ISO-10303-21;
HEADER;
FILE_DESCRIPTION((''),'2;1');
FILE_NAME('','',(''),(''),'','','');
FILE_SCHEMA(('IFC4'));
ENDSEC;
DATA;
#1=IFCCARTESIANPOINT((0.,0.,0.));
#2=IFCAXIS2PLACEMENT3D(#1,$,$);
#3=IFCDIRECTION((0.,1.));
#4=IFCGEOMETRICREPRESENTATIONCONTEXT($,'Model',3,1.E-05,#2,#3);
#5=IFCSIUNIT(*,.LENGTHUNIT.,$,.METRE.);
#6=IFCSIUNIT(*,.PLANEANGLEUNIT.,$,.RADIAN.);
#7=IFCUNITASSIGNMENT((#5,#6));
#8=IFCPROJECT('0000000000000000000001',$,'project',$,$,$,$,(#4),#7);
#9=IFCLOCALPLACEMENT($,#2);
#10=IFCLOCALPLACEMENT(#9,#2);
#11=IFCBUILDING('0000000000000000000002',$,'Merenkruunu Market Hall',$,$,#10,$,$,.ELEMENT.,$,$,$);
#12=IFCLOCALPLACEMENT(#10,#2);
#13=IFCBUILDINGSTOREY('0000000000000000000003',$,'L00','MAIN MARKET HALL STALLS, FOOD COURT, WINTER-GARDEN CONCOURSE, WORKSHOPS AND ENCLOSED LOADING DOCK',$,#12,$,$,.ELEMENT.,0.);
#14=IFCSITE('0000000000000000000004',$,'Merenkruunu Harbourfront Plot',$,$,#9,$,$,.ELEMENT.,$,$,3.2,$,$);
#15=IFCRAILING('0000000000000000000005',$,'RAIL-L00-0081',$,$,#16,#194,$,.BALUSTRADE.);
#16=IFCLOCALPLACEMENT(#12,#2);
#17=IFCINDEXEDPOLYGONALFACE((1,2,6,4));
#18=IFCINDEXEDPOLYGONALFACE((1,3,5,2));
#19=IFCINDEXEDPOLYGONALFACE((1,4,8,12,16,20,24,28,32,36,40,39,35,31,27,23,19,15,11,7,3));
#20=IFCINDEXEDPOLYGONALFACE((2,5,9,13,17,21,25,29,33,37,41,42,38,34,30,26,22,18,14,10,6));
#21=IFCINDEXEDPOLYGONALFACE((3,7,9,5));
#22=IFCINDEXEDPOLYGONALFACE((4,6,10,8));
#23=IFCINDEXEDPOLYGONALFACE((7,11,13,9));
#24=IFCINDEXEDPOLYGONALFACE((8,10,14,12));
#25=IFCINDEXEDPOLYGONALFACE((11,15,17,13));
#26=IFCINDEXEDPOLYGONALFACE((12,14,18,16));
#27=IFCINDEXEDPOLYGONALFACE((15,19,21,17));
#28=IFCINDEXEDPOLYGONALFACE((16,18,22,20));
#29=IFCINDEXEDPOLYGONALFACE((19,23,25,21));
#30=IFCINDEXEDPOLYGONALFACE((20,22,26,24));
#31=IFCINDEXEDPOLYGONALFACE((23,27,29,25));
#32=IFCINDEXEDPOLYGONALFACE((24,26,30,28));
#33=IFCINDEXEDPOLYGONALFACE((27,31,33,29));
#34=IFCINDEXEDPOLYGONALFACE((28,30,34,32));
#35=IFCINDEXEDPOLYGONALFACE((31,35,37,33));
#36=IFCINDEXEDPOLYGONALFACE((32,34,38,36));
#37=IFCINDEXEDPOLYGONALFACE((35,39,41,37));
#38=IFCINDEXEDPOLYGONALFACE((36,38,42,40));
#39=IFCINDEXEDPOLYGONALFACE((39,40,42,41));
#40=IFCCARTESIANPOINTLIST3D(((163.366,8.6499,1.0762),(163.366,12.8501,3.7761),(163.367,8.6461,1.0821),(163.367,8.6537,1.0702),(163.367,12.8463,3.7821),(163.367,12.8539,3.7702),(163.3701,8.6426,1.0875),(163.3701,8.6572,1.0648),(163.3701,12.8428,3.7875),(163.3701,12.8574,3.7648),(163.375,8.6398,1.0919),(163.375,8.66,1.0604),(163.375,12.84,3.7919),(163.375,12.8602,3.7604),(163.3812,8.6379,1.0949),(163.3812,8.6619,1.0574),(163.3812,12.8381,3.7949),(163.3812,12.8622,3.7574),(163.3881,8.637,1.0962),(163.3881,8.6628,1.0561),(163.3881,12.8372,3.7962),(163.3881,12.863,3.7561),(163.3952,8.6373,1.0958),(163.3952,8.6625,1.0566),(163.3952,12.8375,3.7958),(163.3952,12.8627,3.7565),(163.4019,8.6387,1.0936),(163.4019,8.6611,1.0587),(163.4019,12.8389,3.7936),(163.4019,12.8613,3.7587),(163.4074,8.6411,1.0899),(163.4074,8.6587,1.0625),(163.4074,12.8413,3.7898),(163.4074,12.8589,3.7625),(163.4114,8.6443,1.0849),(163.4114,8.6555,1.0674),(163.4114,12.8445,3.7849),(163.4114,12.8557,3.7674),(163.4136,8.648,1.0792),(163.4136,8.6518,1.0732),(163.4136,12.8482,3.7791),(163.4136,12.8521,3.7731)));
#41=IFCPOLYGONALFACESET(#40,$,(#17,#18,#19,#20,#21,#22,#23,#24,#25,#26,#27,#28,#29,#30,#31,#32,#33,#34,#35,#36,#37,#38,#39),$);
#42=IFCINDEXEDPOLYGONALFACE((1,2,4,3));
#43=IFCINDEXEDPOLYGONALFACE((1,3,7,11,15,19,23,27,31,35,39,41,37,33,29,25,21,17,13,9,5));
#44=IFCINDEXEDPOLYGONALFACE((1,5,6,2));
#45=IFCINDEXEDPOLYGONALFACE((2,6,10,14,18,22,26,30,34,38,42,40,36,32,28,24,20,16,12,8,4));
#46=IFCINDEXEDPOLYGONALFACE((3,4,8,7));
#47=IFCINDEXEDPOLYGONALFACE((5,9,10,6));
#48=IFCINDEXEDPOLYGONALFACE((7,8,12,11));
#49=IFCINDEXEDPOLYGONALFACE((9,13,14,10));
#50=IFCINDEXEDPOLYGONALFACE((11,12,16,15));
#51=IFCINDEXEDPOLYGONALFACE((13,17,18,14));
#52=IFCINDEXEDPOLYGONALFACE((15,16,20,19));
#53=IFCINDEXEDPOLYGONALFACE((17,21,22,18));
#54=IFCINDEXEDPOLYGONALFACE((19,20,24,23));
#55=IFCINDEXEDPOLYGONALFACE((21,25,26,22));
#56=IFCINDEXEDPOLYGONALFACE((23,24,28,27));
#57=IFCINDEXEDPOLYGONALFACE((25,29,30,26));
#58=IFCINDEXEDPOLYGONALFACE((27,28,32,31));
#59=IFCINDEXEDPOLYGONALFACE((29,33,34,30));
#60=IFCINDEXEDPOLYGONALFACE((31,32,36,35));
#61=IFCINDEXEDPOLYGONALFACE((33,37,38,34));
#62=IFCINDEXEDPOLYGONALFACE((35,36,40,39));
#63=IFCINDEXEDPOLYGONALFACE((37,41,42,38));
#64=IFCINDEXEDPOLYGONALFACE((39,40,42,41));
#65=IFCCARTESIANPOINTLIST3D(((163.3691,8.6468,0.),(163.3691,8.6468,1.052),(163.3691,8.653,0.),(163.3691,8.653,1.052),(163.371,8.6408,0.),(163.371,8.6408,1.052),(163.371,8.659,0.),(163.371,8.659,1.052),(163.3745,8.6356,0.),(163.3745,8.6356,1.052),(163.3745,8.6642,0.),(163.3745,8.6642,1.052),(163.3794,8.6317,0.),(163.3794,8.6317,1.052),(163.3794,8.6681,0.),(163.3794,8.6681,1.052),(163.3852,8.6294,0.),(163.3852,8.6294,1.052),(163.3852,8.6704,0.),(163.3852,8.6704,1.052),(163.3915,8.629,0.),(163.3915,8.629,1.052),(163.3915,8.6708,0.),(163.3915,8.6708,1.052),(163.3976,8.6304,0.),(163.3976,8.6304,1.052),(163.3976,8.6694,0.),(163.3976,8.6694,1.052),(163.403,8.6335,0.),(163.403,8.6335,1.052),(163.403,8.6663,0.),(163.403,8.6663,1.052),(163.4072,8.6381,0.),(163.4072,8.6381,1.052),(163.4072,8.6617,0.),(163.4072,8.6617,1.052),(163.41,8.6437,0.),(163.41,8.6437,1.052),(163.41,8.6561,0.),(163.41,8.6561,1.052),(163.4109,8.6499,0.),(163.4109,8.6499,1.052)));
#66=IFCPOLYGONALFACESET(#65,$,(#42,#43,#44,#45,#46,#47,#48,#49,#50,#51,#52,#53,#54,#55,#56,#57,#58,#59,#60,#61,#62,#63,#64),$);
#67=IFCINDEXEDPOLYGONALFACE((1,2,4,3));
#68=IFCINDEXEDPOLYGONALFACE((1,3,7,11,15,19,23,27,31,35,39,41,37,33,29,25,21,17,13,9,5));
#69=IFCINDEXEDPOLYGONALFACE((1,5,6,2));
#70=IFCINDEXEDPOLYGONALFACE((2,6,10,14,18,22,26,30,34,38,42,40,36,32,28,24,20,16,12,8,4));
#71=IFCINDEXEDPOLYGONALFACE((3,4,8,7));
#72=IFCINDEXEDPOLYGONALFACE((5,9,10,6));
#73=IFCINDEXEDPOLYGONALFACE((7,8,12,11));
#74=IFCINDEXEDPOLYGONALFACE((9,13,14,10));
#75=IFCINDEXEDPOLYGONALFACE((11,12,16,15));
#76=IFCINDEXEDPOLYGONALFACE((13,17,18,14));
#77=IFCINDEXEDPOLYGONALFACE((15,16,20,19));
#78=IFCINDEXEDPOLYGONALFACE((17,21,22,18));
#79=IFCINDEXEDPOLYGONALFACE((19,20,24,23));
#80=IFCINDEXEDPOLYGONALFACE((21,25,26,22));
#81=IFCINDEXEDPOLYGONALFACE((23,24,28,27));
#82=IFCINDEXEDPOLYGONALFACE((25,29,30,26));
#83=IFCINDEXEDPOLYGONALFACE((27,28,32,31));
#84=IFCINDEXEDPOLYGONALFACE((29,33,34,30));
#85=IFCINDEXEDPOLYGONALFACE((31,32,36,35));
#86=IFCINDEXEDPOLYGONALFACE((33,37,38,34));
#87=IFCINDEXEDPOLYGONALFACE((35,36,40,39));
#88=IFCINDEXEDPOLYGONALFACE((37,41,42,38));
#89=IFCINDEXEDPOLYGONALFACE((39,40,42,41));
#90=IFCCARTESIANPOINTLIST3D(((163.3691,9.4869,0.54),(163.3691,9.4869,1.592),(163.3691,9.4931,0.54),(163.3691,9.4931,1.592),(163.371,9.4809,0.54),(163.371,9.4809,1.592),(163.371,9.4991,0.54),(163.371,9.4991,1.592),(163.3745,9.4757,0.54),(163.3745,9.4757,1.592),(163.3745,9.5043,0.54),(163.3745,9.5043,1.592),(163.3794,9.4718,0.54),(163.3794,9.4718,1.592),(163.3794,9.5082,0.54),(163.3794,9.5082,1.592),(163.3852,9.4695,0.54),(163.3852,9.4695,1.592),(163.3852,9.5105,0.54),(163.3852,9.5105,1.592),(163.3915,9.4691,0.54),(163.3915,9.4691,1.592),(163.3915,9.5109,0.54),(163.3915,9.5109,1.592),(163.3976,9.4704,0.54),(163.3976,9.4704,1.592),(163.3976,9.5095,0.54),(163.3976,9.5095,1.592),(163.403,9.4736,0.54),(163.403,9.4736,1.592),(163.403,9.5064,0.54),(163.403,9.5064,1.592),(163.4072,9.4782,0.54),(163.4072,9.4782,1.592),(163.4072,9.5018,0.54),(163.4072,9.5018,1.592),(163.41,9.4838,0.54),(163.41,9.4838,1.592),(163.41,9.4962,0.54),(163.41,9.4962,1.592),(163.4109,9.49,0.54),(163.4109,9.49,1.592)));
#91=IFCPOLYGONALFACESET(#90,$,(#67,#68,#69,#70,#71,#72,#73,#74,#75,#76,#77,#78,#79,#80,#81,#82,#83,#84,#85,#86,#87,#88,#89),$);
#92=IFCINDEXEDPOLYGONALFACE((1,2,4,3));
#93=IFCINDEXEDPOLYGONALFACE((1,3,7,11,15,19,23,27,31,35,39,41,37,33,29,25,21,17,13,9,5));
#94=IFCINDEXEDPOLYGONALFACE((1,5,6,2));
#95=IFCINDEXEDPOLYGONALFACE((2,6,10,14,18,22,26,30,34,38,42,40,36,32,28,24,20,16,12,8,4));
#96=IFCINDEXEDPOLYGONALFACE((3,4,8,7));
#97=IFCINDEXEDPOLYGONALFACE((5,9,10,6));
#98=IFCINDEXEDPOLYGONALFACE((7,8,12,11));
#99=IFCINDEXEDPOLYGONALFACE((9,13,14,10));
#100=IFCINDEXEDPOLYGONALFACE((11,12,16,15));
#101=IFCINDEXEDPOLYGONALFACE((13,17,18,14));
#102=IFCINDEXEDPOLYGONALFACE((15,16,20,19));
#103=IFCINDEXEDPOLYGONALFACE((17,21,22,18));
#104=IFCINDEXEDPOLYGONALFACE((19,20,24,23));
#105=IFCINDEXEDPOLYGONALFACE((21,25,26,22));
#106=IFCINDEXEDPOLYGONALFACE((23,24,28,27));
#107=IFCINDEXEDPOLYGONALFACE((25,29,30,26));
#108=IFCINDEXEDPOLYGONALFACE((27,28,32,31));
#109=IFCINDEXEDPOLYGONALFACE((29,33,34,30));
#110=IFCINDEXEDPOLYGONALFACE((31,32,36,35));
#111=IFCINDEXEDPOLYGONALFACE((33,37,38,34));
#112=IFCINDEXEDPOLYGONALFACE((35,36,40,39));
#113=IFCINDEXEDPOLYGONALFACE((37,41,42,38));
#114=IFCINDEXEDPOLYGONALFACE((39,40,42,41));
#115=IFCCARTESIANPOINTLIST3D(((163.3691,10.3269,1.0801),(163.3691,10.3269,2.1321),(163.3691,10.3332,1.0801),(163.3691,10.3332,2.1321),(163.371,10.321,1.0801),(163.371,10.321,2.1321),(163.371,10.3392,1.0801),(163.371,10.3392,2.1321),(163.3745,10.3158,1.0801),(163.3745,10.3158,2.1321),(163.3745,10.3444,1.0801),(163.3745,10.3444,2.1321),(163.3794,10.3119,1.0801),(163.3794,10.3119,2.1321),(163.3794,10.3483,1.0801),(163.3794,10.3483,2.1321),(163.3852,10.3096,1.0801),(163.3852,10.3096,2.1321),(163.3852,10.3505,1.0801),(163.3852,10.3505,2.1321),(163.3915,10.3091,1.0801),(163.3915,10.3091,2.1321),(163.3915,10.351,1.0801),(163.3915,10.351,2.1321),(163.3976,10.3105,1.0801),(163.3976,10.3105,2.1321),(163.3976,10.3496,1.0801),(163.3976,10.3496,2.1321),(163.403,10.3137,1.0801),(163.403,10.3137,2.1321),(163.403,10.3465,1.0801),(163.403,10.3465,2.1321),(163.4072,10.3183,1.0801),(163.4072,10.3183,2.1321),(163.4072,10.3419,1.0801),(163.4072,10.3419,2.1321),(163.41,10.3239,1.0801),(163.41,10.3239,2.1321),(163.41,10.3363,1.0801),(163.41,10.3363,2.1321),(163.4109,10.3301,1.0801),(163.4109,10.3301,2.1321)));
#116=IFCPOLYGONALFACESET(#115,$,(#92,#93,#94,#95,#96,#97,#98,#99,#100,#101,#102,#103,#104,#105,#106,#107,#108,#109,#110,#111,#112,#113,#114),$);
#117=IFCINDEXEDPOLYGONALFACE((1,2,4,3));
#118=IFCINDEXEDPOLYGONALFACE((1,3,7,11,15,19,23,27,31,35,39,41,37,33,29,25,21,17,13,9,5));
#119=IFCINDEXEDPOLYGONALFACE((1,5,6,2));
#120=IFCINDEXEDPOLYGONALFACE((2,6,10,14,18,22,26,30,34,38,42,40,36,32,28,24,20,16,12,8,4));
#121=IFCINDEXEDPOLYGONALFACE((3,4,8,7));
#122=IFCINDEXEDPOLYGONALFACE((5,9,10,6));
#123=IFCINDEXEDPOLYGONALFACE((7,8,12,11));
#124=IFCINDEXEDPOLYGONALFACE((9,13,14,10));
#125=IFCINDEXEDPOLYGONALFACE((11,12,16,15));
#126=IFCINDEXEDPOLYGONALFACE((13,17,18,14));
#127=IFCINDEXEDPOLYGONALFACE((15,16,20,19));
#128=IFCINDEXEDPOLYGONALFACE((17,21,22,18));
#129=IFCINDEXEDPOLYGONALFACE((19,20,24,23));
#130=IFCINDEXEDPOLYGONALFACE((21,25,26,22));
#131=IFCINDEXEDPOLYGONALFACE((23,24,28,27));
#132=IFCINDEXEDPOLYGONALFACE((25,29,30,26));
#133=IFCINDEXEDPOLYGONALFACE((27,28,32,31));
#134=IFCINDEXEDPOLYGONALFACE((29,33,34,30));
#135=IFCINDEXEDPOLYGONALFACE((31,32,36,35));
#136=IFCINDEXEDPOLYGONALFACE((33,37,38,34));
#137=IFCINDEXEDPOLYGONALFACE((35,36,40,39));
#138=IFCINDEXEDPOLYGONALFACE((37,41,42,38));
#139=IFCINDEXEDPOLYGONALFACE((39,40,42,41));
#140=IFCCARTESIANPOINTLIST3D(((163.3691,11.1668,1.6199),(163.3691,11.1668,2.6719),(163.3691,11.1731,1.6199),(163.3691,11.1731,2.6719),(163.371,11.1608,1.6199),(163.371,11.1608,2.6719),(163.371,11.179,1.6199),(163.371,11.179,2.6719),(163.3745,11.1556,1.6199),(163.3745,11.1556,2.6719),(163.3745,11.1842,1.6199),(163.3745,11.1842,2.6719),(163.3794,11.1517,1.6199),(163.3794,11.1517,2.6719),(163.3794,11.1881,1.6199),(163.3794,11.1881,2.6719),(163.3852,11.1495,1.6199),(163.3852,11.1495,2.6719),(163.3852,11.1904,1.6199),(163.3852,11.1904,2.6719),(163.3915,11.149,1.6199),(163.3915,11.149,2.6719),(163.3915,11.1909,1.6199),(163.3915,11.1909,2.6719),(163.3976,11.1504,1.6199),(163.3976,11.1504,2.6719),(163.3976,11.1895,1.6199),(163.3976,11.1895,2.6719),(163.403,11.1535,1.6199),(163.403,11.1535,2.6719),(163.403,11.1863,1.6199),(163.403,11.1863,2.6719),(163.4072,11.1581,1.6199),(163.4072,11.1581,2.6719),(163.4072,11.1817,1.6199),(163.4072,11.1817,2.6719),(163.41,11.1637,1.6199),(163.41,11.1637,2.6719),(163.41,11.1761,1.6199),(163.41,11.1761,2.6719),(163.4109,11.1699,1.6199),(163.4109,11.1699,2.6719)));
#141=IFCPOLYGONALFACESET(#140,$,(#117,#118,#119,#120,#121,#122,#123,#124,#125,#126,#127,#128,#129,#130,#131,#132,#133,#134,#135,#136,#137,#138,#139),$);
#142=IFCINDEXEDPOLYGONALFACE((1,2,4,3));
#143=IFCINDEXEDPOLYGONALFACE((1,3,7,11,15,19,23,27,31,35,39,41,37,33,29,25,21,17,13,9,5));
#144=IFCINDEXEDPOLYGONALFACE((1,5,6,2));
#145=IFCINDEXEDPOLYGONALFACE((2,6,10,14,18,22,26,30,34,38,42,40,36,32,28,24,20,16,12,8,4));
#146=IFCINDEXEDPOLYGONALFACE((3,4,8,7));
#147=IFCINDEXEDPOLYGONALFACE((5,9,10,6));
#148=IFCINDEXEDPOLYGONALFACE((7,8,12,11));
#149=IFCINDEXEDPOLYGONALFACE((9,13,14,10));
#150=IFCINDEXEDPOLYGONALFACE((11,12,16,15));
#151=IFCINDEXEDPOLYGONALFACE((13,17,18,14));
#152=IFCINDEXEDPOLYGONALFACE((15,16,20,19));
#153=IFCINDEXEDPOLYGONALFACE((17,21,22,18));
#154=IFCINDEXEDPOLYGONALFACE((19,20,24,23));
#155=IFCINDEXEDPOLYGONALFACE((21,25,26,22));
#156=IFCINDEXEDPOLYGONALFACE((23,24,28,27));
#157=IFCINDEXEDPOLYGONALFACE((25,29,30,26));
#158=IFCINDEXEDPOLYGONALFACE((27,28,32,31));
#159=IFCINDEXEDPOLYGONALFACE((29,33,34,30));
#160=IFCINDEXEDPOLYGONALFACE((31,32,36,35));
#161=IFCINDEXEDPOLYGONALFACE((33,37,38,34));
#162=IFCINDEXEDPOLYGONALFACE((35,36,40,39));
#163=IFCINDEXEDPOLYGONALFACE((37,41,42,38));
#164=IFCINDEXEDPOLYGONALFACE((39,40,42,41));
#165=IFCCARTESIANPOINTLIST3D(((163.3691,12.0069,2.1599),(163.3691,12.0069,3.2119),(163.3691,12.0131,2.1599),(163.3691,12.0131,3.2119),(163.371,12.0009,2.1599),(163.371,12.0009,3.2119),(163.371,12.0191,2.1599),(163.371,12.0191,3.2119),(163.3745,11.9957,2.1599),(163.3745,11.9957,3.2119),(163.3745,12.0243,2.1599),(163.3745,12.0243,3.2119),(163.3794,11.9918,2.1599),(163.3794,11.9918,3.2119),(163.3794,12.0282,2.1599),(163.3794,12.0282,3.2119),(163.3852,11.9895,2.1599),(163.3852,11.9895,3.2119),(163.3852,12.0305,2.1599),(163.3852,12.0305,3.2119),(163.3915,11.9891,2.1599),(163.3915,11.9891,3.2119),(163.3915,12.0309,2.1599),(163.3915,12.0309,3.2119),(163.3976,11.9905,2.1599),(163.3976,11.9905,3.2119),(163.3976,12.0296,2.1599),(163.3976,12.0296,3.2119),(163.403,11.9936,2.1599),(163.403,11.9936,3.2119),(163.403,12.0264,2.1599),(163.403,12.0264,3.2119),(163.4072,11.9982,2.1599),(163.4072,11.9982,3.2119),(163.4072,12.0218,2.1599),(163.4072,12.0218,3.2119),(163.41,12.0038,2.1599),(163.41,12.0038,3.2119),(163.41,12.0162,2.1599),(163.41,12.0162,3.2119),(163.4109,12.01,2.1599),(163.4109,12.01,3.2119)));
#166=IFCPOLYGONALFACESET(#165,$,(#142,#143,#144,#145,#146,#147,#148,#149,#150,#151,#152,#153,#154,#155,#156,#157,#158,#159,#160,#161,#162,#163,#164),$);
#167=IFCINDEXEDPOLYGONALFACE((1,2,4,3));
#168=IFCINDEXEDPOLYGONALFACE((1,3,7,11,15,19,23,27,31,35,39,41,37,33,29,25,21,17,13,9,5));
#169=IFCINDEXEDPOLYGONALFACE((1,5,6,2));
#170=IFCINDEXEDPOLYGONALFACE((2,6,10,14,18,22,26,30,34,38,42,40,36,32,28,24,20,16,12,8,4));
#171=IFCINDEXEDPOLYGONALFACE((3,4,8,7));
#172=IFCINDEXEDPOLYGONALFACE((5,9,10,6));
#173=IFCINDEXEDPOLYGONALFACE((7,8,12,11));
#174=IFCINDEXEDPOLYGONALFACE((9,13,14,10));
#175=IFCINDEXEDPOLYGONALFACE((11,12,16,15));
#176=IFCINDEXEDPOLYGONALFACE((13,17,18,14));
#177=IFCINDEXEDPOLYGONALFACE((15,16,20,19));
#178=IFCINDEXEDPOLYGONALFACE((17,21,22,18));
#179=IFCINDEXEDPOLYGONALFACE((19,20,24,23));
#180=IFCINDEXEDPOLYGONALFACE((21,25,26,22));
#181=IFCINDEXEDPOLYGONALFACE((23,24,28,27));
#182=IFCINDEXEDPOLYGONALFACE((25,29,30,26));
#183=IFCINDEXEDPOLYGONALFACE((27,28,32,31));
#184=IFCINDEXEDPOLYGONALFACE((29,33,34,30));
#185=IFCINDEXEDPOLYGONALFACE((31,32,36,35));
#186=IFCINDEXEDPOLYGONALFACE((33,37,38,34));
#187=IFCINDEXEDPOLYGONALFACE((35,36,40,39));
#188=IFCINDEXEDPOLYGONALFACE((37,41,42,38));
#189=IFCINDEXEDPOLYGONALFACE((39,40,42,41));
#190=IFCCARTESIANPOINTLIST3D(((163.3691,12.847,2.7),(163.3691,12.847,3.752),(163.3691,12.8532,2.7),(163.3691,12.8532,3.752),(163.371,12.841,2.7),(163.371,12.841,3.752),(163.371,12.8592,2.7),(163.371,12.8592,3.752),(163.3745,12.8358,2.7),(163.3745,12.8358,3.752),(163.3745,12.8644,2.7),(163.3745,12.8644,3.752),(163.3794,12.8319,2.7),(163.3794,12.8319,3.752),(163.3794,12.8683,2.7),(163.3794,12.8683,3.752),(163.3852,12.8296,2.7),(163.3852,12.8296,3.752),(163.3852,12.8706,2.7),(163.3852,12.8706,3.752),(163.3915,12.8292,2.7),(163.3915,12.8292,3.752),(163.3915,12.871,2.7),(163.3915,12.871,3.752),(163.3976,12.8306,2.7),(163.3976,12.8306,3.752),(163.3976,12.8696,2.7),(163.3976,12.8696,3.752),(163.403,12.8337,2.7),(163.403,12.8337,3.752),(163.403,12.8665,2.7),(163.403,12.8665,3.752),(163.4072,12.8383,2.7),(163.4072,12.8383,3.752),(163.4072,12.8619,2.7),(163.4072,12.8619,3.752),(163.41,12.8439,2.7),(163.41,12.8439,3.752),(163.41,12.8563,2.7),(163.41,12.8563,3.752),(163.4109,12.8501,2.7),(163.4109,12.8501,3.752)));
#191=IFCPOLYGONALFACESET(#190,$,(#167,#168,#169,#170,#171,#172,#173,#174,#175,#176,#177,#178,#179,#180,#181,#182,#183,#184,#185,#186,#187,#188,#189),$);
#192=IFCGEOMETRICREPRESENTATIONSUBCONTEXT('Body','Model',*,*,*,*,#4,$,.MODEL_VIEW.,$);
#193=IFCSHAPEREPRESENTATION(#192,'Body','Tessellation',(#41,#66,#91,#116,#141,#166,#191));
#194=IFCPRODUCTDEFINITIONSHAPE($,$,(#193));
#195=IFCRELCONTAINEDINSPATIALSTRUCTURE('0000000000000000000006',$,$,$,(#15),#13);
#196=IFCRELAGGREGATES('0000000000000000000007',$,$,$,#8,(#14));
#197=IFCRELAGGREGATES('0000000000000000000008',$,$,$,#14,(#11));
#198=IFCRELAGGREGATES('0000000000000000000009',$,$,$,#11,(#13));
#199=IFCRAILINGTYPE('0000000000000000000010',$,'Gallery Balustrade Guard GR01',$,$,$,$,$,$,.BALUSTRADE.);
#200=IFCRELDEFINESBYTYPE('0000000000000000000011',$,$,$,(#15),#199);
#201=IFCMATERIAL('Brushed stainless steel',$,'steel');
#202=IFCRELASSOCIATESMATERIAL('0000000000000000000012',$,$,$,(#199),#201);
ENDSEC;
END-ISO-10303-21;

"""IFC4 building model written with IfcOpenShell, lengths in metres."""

from ifc_helpers import new_model, si_unit, direction, frame, origin, origin_2d, place, context, subcontext, project, spatial, circle, extrude, material, type_object, element, save


model = new_model("IFC4")

# Units and contexts
model_context = context("Model", 3, precision=1e-05, world=origin(), true_north=direction((0.0, 1.0)))
body_context = subcontext(model_context, "Body", "Model", "MODEL_VIEW")
ifc_project = project(units=[si_unit("LENGTHUNIT", "METRE"), si_unit("PLANEANGLEUNIT", "RADIAN")], contexts=[model_context])

# Site, building, storey
site_placement = place(None, origin())
site = spatial("IfcSite", under=ifc_project, at=site_placement, Name="Merenkruunu Harbourfront Plot", CompositionType="ELEMENT", RefElevation=3.2)
building_placement = place(site_placement, origin())
building = spatial("IfcBuilding", under=site, at=building_placement, Name="Merenkruunu Market Hall", CompositionType="ELEMENT")
storey_placement = place(building_placement, origin())
storey = spatial("IfcBuildingStorey", under=building, at=storey_placement, Name="L00", Description="MAIN MARKET HALL STALLS, FOOD COURT, WINTER-GARDEN CONCOURSE, WORKSHOPS AND ENCLOSED LOADING DOCK", CompositionType="ELEMENT", Elevation=0.0)

# Railing
ifc_material_1 = material(Name="Brushed stainless steel", Category="steel")
railing_type_1 = type_object("IfcRailingType", Name="Gallery Balustrade Guard GR01", PredefinedType="BALUSTRADE", material=ifc_material_1)
railing_1_placement = place(storey_placement, frame((163.3899, 8.6499, 0.0)))
element("IfcRailing", 1, at=railing_1_placement, inside=storey, type_object=railing_type_1, Name="RAIL-L00-0081", PredefinedType="BALUSTRADE", context=body_context, shape_type="SweptSolid", body=[
    extrude(circle(Radius=0.0239, at=origin_2d()), frame((0.0, 0.0, 1.0762), z_axis=(0.0, 0.841194, 0.540733), x_axis=(-1.0, 0.0, 0.0)), (0.0, 0.0, 1.0), 4.9932),
    extrude(circle(Radius=0.021, at=origin_2d()), origin(), (0.0, 0.0, 1.0), 1.052),
    extrude(circle(Radius=0.021, at=origin_2d()), frame((0.0, 0.8401, 0.54)), (0.0, 0.0, 1.0), 1.052),
    extrude(circle(Radius=0.021, at=origin_2d()), frame((0.0, 1.6802, 1.0801)), (0.0, 0.0, 1.0), 1.052),
    extrude(circle(Radius=0.021, at=origin_2d()), frame((0.0, 2.52, 1.6199)), (0.0, 0.0, 1.0), 1.052),
    extrude(circle(Radius=0.021, at=origin_2d()), frame((0.0, 3.3601, 2.1599)), (0.0, 0.0, 1.0), 1.052),
    extrude(circle(Radius=0.021, at=origin_2d()), frame((0.0, 4.2002, 2.7)), (0.0, 0.0, 1.0), 1.052),
])

save(model, "model.ifc")
